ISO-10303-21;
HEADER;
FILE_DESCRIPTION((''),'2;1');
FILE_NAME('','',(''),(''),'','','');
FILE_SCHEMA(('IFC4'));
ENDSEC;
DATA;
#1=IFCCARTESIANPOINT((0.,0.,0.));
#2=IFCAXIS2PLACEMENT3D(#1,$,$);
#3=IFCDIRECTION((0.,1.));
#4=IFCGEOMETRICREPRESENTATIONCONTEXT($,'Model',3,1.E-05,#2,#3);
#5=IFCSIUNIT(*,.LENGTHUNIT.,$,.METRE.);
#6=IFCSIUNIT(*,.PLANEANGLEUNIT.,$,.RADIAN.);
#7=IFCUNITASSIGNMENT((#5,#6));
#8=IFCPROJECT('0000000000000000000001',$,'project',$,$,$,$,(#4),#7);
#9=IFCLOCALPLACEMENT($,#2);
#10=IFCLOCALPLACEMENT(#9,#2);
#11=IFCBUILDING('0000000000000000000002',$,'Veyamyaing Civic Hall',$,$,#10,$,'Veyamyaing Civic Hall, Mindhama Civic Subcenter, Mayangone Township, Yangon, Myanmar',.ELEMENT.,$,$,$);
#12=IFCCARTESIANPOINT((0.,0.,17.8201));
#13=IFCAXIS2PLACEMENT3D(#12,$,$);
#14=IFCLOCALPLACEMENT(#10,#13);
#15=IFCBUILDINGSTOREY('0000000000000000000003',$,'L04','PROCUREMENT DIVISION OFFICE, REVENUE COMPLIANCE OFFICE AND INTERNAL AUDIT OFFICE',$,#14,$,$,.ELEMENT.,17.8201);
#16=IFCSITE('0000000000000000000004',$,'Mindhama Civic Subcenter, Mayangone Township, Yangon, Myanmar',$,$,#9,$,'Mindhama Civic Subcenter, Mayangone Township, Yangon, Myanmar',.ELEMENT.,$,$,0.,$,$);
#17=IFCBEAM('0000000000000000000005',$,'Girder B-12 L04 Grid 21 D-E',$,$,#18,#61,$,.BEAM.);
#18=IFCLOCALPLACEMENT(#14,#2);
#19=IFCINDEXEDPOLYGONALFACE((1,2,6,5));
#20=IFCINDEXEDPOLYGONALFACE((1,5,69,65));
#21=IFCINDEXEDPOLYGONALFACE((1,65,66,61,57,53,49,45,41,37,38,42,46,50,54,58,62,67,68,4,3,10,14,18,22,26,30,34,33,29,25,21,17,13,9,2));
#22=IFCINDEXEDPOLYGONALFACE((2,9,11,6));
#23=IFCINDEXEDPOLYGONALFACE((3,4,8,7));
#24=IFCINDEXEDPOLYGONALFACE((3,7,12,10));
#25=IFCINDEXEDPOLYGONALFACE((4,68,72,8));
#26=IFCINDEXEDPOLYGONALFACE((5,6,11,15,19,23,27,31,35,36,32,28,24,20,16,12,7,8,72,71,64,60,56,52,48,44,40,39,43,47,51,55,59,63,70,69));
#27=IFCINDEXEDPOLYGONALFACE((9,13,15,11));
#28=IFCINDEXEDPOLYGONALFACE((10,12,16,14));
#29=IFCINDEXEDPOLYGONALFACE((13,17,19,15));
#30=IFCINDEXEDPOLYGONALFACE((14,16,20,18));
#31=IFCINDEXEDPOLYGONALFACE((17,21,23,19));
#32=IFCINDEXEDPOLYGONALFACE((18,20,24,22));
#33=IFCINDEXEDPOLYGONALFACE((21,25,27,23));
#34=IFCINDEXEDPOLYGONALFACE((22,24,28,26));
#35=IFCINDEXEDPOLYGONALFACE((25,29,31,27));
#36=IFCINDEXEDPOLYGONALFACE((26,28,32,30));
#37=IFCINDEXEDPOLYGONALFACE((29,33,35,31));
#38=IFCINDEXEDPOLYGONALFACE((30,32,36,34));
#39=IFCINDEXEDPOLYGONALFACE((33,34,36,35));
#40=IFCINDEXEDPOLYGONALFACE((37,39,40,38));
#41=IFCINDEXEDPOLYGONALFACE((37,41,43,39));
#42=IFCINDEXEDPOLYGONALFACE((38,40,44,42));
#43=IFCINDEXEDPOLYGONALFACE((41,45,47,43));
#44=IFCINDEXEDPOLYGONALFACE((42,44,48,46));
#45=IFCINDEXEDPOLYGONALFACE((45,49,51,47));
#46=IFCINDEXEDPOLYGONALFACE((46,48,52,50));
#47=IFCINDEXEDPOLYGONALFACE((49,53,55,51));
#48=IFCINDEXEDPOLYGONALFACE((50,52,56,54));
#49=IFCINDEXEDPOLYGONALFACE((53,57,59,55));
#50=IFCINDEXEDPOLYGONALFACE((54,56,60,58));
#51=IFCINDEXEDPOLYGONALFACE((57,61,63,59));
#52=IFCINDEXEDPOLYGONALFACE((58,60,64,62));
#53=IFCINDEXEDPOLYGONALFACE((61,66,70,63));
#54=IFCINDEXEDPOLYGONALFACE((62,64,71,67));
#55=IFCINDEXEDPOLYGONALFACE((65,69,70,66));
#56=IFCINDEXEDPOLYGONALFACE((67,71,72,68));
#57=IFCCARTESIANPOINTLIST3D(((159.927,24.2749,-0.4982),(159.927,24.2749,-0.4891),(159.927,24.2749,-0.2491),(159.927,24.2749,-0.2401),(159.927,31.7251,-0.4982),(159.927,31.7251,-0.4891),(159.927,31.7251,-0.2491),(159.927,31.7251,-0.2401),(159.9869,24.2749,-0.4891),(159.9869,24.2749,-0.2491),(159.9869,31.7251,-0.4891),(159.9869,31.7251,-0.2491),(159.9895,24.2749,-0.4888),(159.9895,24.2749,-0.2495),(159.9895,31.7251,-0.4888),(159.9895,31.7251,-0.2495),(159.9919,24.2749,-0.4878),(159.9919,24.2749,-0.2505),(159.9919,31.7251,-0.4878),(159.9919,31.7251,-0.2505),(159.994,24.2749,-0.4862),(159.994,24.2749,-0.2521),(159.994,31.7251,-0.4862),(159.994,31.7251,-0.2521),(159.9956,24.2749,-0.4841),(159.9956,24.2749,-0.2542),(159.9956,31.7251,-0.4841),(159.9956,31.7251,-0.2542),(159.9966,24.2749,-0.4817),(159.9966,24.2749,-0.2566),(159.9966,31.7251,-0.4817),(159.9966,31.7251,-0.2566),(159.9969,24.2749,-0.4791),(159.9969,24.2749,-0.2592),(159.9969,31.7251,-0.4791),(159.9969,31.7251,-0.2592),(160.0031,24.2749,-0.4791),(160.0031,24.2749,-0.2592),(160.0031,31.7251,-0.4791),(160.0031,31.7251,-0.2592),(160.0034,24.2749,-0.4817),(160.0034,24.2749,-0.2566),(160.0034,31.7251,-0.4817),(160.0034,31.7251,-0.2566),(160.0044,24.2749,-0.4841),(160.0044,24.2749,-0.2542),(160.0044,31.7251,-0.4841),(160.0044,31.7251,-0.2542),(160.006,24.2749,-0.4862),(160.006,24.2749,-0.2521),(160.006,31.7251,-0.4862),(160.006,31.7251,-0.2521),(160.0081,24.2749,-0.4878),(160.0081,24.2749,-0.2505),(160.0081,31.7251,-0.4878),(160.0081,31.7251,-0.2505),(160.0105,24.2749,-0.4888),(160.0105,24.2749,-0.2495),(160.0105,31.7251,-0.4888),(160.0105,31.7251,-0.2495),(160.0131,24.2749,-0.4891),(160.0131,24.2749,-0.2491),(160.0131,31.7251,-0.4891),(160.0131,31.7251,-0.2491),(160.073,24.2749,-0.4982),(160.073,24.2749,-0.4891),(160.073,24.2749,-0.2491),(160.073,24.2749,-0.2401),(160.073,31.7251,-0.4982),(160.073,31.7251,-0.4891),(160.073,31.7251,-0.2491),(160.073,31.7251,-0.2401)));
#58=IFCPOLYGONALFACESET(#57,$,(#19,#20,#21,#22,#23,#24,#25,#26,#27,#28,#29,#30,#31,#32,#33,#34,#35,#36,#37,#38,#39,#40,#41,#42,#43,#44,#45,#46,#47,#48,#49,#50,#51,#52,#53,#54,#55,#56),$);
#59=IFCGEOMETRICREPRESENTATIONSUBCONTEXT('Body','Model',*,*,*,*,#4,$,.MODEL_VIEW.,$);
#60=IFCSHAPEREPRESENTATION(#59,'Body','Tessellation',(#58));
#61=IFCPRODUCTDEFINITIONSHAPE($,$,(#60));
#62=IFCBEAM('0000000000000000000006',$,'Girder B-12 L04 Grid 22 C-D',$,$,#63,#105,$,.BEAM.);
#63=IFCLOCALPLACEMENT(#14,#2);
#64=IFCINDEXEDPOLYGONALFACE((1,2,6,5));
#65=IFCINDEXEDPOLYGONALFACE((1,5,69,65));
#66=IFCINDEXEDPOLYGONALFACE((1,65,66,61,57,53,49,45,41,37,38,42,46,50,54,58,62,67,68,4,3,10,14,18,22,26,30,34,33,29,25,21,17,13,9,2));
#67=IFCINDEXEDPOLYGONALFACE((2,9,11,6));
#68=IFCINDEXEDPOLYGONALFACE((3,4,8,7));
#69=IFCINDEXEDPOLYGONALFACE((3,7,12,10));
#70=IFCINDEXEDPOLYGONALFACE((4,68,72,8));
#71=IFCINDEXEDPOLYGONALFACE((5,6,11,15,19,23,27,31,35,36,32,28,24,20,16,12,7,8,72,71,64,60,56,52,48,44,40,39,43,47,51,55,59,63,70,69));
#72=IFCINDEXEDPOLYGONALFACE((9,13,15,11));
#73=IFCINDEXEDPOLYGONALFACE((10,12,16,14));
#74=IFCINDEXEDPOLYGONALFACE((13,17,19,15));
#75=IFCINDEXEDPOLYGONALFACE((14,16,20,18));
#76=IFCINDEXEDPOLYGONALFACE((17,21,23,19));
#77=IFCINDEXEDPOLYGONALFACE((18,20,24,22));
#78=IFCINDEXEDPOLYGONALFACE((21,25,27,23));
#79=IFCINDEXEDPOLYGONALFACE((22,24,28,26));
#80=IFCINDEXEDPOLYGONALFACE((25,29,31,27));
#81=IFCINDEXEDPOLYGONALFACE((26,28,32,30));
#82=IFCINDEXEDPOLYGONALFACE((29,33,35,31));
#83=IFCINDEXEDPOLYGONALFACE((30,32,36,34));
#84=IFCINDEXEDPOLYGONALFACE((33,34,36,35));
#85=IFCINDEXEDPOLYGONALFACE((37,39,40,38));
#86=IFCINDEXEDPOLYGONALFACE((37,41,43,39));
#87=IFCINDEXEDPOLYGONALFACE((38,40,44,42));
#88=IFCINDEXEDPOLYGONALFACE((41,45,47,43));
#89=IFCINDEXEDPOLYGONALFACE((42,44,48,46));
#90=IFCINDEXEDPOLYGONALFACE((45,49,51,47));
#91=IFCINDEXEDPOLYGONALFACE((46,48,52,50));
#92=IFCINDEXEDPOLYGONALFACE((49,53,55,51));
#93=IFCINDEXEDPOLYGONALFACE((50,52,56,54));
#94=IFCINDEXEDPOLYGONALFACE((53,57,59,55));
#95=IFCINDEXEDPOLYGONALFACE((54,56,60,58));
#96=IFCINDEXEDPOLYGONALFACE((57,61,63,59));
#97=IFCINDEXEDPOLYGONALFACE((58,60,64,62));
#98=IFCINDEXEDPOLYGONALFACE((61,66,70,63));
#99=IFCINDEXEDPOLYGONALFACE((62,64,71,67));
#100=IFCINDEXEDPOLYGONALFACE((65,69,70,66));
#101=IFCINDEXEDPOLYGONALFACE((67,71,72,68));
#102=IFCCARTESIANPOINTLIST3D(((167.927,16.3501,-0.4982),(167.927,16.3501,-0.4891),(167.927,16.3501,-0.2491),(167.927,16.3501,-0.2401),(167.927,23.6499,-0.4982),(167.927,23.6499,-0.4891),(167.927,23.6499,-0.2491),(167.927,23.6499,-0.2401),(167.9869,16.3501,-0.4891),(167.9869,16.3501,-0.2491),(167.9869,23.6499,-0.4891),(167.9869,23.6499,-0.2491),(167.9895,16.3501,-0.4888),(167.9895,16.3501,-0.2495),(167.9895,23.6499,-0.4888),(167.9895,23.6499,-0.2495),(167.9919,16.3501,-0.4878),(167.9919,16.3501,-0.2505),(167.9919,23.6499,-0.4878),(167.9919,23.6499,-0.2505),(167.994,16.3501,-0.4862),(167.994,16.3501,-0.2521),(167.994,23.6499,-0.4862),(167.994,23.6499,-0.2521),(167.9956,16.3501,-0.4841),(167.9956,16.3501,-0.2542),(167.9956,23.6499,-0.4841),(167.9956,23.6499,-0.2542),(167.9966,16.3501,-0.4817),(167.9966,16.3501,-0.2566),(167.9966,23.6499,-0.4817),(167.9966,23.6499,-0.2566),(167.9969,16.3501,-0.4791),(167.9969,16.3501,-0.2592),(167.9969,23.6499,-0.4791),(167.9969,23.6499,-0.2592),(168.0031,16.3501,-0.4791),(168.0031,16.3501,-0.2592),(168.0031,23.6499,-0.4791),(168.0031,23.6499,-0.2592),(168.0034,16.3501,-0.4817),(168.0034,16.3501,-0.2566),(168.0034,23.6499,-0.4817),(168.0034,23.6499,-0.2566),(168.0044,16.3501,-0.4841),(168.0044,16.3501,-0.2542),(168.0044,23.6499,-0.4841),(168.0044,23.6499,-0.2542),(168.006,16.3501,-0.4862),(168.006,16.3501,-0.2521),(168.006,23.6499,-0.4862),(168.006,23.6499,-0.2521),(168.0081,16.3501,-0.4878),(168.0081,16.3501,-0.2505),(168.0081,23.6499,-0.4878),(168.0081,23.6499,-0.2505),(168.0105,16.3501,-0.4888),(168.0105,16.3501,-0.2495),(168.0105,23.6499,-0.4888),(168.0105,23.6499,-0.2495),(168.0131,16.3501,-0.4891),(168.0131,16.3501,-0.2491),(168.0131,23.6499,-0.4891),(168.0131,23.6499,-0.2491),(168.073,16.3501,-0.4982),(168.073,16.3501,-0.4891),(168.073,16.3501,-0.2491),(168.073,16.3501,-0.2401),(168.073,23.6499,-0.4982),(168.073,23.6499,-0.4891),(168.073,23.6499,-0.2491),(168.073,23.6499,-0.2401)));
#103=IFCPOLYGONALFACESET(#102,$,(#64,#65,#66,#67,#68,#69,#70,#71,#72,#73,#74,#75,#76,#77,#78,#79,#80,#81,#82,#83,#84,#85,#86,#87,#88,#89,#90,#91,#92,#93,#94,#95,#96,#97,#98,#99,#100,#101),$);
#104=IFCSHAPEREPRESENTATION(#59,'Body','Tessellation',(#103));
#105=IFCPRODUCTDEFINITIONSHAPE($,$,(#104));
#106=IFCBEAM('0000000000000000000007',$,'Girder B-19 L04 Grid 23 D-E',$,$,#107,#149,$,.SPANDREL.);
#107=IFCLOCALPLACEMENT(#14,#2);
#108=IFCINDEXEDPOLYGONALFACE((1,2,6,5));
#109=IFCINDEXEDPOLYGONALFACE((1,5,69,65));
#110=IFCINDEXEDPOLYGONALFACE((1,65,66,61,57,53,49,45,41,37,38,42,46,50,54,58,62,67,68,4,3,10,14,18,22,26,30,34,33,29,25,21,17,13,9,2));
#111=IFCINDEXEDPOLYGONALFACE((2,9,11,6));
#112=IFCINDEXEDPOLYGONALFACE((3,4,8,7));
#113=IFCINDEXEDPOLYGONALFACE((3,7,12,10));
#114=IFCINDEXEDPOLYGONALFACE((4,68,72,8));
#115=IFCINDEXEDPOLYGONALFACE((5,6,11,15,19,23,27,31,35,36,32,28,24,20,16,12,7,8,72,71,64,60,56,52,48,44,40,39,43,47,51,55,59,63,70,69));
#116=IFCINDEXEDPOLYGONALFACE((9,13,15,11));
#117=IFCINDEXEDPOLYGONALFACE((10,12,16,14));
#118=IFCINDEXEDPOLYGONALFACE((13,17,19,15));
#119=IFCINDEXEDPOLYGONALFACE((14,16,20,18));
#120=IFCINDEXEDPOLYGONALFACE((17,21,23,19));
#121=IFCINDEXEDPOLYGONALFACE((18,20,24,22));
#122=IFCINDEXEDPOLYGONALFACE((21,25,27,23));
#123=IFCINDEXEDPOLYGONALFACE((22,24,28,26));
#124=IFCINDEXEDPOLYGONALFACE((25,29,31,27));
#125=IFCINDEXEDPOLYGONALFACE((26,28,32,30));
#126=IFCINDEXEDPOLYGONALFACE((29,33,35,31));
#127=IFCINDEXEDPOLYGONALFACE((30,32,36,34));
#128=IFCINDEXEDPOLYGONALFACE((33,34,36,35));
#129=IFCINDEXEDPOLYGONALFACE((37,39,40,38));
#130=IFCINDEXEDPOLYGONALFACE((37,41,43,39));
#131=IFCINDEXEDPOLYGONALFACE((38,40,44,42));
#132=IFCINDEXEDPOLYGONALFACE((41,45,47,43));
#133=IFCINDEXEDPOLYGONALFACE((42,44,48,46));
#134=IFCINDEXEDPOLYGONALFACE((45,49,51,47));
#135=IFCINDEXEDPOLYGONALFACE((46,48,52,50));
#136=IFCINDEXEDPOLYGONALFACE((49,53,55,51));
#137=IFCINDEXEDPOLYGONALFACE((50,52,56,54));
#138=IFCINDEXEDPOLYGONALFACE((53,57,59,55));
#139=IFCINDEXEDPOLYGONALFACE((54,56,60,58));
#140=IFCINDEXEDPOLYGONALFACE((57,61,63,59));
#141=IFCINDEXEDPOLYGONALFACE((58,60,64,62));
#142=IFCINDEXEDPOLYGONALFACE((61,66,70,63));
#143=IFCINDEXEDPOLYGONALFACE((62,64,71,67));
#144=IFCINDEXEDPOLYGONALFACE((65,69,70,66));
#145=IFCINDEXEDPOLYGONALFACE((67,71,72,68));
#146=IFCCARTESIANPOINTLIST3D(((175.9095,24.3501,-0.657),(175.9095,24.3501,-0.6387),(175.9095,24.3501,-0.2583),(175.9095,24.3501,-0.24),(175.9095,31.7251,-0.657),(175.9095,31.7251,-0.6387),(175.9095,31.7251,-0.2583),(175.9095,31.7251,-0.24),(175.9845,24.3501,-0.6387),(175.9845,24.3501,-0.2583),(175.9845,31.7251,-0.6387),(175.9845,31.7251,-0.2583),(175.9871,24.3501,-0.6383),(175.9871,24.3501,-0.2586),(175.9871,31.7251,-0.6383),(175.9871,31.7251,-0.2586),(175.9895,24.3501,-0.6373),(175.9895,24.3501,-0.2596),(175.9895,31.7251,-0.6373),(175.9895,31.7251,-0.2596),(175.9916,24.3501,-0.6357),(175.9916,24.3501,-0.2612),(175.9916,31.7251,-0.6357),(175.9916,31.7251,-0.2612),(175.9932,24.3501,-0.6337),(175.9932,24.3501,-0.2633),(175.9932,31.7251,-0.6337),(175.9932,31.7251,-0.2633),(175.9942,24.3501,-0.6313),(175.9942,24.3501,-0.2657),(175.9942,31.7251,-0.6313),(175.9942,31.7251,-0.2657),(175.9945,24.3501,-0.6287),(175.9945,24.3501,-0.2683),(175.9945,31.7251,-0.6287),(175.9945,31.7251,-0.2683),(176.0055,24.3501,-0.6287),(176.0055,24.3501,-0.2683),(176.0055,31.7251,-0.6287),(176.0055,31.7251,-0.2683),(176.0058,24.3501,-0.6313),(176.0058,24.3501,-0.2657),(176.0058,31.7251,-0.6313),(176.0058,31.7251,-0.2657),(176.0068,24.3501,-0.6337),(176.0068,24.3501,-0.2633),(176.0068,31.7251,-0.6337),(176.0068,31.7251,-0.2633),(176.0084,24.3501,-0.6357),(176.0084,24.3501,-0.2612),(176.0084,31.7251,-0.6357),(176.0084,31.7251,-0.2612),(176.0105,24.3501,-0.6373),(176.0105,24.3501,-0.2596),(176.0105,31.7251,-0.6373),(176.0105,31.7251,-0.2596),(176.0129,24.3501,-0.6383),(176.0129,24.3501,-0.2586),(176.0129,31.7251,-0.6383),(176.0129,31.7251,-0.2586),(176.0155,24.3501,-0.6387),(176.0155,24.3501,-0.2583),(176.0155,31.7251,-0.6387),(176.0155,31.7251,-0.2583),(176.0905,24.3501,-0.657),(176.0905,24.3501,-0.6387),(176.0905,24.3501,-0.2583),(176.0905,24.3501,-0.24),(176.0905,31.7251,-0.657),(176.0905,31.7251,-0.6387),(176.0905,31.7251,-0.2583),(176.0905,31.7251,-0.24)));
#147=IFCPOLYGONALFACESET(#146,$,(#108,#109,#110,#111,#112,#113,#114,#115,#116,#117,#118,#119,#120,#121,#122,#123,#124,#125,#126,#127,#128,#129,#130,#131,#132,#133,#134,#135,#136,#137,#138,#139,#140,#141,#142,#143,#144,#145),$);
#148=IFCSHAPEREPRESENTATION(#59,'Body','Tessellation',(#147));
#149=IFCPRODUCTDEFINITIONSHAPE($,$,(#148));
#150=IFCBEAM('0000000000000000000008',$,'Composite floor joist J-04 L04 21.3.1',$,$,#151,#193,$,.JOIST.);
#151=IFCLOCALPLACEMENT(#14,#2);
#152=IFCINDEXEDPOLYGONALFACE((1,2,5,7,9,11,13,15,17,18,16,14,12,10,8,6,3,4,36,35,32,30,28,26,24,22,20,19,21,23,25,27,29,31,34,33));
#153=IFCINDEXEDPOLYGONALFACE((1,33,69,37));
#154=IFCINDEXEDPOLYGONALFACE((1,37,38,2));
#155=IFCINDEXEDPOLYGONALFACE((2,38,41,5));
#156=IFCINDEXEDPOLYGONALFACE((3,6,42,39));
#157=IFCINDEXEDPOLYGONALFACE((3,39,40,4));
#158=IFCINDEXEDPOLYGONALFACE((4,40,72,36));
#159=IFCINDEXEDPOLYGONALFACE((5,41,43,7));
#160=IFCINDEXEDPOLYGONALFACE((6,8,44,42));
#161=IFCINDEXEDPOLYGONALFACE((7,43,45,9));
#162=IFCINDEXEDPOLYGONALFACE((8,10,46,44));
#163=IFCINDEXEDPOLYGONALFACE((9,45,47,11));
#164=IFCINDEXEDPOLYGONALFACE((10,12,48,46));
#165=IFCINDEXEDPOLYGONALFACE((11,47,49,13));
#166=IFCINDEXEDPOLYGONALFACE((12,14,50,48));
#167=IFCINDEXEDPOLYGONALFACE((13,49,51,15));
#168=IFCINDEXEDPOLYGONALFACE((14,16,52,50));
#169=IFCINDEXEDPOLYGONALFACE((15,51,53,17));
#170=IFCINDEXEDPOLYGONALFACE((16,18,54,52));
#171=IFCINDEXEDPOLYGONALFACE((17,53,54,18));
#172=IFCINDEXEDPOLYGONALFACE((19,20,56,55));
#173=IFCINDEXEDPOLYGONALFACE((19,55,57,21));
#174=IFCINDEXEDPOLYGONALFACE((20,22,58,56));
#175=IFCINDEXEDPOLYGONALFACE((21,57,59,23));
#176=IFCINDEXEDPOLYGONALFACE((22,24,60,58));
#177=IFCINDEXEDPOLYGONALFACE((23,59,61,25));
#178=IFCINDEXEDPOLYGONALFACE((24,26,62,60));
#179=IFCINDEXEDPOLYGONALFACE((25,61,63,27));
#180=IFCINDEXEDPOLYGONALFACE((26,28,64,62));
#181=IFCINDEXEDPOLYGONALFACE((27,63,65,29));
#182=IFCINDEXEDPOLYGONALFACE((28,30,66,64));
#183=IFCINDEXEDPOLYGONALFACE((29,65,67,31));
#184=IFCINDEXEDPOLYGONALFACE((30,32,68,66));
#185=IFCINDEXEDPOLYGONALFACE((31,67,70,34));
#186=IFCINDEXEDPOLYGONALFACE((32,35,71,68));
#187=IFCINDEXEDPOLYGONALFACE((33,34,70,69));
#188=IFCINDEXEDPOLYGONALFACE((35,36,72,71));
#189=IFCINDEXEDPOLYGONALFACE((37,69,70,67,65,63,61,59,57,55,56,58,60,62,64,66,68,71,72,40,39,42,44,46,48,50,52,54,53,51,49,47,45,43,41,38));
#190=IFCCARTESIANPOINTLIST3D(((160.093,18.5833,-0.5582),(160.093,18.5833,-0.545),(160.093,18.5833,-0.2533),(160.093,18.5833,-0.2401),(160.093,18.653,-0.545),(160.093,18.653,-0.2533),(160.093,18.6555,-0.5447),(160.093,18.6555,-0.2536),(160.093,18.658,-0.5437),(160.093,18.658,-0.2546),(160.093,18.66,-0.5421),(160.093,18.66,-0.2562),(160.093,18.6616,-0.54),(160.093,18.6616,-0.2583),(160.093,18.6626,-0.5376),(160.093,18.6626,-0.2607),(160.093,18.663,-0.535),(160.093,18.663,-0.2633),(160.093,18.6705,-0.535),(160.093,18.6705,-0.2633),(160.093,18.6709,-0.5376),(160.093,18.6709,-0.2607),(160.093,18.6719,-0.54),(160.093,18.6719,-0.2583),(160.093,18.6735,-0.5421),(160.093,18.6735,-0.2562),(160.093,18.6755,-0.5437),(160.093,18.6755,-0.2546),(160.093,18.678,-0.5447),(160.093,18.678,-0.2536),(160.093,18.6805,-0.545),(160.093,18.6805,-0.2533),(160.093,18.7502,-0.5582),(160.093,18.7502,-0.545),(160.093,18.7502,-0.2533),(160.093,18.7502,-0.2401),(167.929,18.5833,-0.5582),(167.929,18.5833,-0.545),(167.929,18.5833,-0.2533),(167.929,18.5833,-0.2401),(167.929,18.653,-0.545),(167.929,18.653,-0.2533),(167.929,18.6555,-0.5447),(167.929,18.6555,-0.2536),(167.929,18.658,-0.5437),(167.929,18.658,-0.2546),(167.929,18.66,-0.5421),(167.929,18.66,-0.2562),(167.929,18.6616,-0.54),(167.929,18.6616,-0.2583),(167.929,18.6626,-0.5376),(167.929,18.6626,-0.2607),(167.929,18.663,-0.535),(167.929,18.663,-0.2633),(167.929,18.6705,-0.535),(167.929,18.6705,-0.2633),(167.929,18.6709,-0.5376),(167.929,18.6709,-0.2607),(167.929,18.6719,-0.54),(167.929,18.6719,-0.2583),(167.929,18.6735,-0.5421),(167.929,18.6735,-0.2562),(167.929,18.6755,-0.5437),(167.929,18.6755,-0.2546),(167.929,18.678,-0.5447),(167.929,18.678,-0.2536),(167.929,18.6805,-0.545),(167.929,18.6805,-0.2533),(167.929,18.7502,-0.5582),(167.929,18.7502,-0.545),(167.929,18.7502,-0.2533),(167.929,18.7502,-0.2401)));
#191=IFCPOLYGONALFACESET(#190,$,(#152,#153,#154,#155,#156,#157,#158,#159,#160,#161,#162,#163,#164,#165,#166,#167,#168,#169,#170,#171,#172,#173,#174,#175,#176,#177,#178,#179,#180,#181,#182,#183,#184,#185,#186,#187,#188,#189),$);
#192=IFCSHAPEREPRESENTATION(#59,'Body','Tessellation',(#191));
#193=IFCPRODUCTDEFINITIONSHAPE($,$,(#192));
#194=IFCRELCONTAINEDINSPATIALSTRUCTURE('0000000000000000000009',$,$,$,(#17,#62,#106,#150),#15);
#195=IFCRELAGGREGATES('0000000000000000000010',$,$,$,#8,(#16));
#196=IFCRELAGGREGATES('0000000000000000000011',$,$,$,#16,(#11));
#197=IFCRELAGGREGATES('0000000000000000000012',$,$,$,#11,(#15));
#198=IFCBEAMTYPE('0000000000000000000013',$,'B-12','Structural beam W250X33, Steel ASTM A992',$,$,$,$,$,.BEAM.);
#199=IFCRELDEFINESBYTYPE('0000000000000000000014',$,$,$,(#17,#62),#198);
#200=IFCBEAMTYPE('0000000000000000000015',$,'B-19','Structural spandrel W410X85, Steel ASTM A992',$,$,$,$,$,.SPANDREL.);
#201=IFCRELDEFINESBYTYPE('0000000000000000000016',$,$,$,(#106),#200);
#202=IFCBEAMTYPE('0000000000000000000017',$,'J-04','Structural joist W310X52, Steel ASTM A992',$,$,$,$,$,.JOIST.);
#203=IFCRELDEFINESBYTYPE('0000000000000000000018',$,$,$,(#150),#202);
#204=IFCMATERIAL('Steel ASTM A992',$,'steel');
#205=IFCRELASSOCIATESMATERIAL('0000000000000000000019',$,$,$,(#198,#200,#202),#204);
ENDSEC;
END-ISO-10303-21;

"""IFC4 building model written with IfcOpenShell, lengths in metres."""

from ifc_helpers import new_model, si_unit, direction, frame, origin, origin_2d, place, context, subcontext, project, spatial, i_section, extrude, material, material_profile, profile_set, type_object, element, save


model = new_model("IFC4")

# Units and contexts
model_context = context("Model", 3, precision=1e-05, world=origin(), true_north=direction((0.0, 1.0)))
body_context = subcontext(model_context, "Body", "Model", "MODEL_VIEW")
ifc_project = project(units=[si_unit("LENGTHUNIT", "METRE"), si_unit("PLANEANGLEUNIT", "RADIAN")], contexts=[model_context])

# Site, building, storey
site_placement = place(None, origin())
site = spatial("IfcSite", under=ifc_project, at=site_placement, Name="Mindhama Civic Subcenter, Mayangone Township, Yangon, Myanmar", LongName="Mindhama Civic Subcenter, Mayangone Township, Yangon, Myanmar", CompositionType="ELEMENT", RefElevation=0.0)
building_placement = place(site_placement, origin())
building = spatial("IfcBuilding", under=site, at=building_placement, Name="Veyamyaing Civic Hall", LongName="Veyamyaing Civic Hall, Mindhama Civic Subcenter, Mayangone Township, Yangon, Myanmar", CompositionType="ELEMENT")
storey_placement = place(building_placement, frame((0.0, 0.0, 17.8201)))
storey = spatial("IfcBuildingStorey", under=building, at=storey_placement, Name="L04", Description="PROCUREMENT DIVISION OFFICE, REVENUE COMPLIANCE OFFICE AND INTERNAL AUDIT OFFICE", CompositionType="ELEMENT", Elevation=17.8201)

# Beams
ifc_material_1 = material(Name="Steel ASTM A992", Category="steel")
ifc_material_profile_1 = material_profile(ifc_material_1, i_section(OverallWidth=0.146, OverallDepth=0.2581, WebThickness=0.0061, FlangeThickness=0.009, FilletRadius=0.01, at=origin_2d()), Name="W250X33")
ifc_profile_set_1 = profile_set([ifc_material_profile_1], Name="Steel ASTM A992")
beam_type_1 = type_object("IfcBeamType", Name="B-12", Description="Structural beam W250X33, Steel ASTM A992", PredefinedType="BEAM", material=ifc_profile_set_1)
beam_1_placement = place(storey_placement, frame((160.0, 24.2749, -0.3691), z_axis=(0.0, 1.0, 0.0), x_axis=(-1.0, 0.0, 0.0)))
element("IfcBeam", 1, at=beam_1_placement, inside=storey, type_object=beam_type_1, Name="Girder B-12 L04 Grid 21 D-E", PredefinedType="BEAM", context=body_context, shape_type="SweptSolid", body=[
    extrude(i_section(OverallWidth=0.146, OverallDepth=0.2581, WebThickness=0.0061, FlangeThickness=0.009, FilletRadius=0.01, at=origin_2d()), origin(), (0.0, 0.0, 1.0), 7.4502),
])
beam_2_placement = place(storey_placement, frame((168.0, 16.3501, -0.3691), z_axis=(0.0, 1.0, 0.0), x_axis=(-1.0, 0.0, 0.0)))
element("IfcBeam", 2, at=beam_2_placement, inside=storey, type_object=beam_type_1, Name="Girder B-12 L04 Grid 22 C-D", PredefinedType="BEAM", context=body_context, shape_type="SweptSolid", body=[
    extrude(i_section(OverallWidth=0.146, OverallDepth=0.2581, WebThickness=0.0061, FlangeThickness=0.009, FilletRadius=0.01, at=origin_2d()), origin(), (0.0, 0.0, 1.0), 7.2998),
])
ifc_material_profile_2 = material_profile(ifc_material_1, i_section(OverallWidth=0.1809, OverallDepth=0.417, WebThickness=0.011, FlangeThickness=0.0183, FilletRadius=0.01, at=origin_2d()), Name="W410X85")
ifc_profile_set_2 = profile_set([ifc_material_profile_2], Name="Steel ASTM A992")
beam_type_2 = type_object("IfcBeamType", Name="B-19", Description="Structural spandrel W410X85, Steel ASTM A992", PredefinedType="SPANDREL", material=ifc_profile_set_2)
beam_3_placement = place(storey_placement, frame((176.0, 24.3501, -0.4485), z_axis=(0.0, 1.0, 0.0), x_axis=(-1.0, 0.0, 0.0)))
element("IfcBeam", 3, at=beam_3_placement, inside=storey, type_object=beam_type_2, Name="Girder B-19 L04 Grid 23 D-E", PredefinedType="SPANDREL", context=body_context, shape_type="SweptSolid", body=[
    extrude(i_section(OverallWidth=0.1809, OverallDepth=0.417, WebThickness=0.011, FlangeThickness=0.0183, FilletRadius=0.01, at=origin_2d()), origin(), (0.0, 0.0, 1.0), 7.375),
])
ifc_material_profile_3 = material_profile(ifc_material_1, i_section(OverallWidth=0.167, OverallDepth=0.3181, WebThickness=0.0076, FlangeThickness=0.0132, FilletRadius=0.01, at=origin_2d()), Name="W310X52")
ifc_profile_set_3 = profile_set([ifc_material_profile_3], Name="Steel ASTM A992")
beam_type_3 = type_object("IfcBeamType", Name="J-04", Description="Structural joist W310X52, Steel ASTM A992", PredefinedType="JOIST", material=ifc_profile_set_3)
for number, where, z_axis, x_axis, name in (
    (4, (160.093, 18.6667, -0.3992), (1.0, 0.0, 0.0), (0.0, 1.0, 0.0), "Composite floor joist J-04 L04 21.3.1"),
):
    element("IfcBeam", number, at=place(storey_placement, frame(where, z_axis=z_axis, x_axis=x_axis)), inside=storey, type_object=beam_type_3, Name=name, PredefinedType="JOIST", context=body_context, shape_type="SweptSolid", body=[
        extrude(i_section(OverallWidth=0.167, OverallDepth=0.3181, WebThickness=0.0076, FlangeThickness=0.0132, FilletRadius=0.01, at=origin_2d()), origin(), (0.0, 0.0, 1.0), 7.8359),
    ])

save(model, "model.ifc")
